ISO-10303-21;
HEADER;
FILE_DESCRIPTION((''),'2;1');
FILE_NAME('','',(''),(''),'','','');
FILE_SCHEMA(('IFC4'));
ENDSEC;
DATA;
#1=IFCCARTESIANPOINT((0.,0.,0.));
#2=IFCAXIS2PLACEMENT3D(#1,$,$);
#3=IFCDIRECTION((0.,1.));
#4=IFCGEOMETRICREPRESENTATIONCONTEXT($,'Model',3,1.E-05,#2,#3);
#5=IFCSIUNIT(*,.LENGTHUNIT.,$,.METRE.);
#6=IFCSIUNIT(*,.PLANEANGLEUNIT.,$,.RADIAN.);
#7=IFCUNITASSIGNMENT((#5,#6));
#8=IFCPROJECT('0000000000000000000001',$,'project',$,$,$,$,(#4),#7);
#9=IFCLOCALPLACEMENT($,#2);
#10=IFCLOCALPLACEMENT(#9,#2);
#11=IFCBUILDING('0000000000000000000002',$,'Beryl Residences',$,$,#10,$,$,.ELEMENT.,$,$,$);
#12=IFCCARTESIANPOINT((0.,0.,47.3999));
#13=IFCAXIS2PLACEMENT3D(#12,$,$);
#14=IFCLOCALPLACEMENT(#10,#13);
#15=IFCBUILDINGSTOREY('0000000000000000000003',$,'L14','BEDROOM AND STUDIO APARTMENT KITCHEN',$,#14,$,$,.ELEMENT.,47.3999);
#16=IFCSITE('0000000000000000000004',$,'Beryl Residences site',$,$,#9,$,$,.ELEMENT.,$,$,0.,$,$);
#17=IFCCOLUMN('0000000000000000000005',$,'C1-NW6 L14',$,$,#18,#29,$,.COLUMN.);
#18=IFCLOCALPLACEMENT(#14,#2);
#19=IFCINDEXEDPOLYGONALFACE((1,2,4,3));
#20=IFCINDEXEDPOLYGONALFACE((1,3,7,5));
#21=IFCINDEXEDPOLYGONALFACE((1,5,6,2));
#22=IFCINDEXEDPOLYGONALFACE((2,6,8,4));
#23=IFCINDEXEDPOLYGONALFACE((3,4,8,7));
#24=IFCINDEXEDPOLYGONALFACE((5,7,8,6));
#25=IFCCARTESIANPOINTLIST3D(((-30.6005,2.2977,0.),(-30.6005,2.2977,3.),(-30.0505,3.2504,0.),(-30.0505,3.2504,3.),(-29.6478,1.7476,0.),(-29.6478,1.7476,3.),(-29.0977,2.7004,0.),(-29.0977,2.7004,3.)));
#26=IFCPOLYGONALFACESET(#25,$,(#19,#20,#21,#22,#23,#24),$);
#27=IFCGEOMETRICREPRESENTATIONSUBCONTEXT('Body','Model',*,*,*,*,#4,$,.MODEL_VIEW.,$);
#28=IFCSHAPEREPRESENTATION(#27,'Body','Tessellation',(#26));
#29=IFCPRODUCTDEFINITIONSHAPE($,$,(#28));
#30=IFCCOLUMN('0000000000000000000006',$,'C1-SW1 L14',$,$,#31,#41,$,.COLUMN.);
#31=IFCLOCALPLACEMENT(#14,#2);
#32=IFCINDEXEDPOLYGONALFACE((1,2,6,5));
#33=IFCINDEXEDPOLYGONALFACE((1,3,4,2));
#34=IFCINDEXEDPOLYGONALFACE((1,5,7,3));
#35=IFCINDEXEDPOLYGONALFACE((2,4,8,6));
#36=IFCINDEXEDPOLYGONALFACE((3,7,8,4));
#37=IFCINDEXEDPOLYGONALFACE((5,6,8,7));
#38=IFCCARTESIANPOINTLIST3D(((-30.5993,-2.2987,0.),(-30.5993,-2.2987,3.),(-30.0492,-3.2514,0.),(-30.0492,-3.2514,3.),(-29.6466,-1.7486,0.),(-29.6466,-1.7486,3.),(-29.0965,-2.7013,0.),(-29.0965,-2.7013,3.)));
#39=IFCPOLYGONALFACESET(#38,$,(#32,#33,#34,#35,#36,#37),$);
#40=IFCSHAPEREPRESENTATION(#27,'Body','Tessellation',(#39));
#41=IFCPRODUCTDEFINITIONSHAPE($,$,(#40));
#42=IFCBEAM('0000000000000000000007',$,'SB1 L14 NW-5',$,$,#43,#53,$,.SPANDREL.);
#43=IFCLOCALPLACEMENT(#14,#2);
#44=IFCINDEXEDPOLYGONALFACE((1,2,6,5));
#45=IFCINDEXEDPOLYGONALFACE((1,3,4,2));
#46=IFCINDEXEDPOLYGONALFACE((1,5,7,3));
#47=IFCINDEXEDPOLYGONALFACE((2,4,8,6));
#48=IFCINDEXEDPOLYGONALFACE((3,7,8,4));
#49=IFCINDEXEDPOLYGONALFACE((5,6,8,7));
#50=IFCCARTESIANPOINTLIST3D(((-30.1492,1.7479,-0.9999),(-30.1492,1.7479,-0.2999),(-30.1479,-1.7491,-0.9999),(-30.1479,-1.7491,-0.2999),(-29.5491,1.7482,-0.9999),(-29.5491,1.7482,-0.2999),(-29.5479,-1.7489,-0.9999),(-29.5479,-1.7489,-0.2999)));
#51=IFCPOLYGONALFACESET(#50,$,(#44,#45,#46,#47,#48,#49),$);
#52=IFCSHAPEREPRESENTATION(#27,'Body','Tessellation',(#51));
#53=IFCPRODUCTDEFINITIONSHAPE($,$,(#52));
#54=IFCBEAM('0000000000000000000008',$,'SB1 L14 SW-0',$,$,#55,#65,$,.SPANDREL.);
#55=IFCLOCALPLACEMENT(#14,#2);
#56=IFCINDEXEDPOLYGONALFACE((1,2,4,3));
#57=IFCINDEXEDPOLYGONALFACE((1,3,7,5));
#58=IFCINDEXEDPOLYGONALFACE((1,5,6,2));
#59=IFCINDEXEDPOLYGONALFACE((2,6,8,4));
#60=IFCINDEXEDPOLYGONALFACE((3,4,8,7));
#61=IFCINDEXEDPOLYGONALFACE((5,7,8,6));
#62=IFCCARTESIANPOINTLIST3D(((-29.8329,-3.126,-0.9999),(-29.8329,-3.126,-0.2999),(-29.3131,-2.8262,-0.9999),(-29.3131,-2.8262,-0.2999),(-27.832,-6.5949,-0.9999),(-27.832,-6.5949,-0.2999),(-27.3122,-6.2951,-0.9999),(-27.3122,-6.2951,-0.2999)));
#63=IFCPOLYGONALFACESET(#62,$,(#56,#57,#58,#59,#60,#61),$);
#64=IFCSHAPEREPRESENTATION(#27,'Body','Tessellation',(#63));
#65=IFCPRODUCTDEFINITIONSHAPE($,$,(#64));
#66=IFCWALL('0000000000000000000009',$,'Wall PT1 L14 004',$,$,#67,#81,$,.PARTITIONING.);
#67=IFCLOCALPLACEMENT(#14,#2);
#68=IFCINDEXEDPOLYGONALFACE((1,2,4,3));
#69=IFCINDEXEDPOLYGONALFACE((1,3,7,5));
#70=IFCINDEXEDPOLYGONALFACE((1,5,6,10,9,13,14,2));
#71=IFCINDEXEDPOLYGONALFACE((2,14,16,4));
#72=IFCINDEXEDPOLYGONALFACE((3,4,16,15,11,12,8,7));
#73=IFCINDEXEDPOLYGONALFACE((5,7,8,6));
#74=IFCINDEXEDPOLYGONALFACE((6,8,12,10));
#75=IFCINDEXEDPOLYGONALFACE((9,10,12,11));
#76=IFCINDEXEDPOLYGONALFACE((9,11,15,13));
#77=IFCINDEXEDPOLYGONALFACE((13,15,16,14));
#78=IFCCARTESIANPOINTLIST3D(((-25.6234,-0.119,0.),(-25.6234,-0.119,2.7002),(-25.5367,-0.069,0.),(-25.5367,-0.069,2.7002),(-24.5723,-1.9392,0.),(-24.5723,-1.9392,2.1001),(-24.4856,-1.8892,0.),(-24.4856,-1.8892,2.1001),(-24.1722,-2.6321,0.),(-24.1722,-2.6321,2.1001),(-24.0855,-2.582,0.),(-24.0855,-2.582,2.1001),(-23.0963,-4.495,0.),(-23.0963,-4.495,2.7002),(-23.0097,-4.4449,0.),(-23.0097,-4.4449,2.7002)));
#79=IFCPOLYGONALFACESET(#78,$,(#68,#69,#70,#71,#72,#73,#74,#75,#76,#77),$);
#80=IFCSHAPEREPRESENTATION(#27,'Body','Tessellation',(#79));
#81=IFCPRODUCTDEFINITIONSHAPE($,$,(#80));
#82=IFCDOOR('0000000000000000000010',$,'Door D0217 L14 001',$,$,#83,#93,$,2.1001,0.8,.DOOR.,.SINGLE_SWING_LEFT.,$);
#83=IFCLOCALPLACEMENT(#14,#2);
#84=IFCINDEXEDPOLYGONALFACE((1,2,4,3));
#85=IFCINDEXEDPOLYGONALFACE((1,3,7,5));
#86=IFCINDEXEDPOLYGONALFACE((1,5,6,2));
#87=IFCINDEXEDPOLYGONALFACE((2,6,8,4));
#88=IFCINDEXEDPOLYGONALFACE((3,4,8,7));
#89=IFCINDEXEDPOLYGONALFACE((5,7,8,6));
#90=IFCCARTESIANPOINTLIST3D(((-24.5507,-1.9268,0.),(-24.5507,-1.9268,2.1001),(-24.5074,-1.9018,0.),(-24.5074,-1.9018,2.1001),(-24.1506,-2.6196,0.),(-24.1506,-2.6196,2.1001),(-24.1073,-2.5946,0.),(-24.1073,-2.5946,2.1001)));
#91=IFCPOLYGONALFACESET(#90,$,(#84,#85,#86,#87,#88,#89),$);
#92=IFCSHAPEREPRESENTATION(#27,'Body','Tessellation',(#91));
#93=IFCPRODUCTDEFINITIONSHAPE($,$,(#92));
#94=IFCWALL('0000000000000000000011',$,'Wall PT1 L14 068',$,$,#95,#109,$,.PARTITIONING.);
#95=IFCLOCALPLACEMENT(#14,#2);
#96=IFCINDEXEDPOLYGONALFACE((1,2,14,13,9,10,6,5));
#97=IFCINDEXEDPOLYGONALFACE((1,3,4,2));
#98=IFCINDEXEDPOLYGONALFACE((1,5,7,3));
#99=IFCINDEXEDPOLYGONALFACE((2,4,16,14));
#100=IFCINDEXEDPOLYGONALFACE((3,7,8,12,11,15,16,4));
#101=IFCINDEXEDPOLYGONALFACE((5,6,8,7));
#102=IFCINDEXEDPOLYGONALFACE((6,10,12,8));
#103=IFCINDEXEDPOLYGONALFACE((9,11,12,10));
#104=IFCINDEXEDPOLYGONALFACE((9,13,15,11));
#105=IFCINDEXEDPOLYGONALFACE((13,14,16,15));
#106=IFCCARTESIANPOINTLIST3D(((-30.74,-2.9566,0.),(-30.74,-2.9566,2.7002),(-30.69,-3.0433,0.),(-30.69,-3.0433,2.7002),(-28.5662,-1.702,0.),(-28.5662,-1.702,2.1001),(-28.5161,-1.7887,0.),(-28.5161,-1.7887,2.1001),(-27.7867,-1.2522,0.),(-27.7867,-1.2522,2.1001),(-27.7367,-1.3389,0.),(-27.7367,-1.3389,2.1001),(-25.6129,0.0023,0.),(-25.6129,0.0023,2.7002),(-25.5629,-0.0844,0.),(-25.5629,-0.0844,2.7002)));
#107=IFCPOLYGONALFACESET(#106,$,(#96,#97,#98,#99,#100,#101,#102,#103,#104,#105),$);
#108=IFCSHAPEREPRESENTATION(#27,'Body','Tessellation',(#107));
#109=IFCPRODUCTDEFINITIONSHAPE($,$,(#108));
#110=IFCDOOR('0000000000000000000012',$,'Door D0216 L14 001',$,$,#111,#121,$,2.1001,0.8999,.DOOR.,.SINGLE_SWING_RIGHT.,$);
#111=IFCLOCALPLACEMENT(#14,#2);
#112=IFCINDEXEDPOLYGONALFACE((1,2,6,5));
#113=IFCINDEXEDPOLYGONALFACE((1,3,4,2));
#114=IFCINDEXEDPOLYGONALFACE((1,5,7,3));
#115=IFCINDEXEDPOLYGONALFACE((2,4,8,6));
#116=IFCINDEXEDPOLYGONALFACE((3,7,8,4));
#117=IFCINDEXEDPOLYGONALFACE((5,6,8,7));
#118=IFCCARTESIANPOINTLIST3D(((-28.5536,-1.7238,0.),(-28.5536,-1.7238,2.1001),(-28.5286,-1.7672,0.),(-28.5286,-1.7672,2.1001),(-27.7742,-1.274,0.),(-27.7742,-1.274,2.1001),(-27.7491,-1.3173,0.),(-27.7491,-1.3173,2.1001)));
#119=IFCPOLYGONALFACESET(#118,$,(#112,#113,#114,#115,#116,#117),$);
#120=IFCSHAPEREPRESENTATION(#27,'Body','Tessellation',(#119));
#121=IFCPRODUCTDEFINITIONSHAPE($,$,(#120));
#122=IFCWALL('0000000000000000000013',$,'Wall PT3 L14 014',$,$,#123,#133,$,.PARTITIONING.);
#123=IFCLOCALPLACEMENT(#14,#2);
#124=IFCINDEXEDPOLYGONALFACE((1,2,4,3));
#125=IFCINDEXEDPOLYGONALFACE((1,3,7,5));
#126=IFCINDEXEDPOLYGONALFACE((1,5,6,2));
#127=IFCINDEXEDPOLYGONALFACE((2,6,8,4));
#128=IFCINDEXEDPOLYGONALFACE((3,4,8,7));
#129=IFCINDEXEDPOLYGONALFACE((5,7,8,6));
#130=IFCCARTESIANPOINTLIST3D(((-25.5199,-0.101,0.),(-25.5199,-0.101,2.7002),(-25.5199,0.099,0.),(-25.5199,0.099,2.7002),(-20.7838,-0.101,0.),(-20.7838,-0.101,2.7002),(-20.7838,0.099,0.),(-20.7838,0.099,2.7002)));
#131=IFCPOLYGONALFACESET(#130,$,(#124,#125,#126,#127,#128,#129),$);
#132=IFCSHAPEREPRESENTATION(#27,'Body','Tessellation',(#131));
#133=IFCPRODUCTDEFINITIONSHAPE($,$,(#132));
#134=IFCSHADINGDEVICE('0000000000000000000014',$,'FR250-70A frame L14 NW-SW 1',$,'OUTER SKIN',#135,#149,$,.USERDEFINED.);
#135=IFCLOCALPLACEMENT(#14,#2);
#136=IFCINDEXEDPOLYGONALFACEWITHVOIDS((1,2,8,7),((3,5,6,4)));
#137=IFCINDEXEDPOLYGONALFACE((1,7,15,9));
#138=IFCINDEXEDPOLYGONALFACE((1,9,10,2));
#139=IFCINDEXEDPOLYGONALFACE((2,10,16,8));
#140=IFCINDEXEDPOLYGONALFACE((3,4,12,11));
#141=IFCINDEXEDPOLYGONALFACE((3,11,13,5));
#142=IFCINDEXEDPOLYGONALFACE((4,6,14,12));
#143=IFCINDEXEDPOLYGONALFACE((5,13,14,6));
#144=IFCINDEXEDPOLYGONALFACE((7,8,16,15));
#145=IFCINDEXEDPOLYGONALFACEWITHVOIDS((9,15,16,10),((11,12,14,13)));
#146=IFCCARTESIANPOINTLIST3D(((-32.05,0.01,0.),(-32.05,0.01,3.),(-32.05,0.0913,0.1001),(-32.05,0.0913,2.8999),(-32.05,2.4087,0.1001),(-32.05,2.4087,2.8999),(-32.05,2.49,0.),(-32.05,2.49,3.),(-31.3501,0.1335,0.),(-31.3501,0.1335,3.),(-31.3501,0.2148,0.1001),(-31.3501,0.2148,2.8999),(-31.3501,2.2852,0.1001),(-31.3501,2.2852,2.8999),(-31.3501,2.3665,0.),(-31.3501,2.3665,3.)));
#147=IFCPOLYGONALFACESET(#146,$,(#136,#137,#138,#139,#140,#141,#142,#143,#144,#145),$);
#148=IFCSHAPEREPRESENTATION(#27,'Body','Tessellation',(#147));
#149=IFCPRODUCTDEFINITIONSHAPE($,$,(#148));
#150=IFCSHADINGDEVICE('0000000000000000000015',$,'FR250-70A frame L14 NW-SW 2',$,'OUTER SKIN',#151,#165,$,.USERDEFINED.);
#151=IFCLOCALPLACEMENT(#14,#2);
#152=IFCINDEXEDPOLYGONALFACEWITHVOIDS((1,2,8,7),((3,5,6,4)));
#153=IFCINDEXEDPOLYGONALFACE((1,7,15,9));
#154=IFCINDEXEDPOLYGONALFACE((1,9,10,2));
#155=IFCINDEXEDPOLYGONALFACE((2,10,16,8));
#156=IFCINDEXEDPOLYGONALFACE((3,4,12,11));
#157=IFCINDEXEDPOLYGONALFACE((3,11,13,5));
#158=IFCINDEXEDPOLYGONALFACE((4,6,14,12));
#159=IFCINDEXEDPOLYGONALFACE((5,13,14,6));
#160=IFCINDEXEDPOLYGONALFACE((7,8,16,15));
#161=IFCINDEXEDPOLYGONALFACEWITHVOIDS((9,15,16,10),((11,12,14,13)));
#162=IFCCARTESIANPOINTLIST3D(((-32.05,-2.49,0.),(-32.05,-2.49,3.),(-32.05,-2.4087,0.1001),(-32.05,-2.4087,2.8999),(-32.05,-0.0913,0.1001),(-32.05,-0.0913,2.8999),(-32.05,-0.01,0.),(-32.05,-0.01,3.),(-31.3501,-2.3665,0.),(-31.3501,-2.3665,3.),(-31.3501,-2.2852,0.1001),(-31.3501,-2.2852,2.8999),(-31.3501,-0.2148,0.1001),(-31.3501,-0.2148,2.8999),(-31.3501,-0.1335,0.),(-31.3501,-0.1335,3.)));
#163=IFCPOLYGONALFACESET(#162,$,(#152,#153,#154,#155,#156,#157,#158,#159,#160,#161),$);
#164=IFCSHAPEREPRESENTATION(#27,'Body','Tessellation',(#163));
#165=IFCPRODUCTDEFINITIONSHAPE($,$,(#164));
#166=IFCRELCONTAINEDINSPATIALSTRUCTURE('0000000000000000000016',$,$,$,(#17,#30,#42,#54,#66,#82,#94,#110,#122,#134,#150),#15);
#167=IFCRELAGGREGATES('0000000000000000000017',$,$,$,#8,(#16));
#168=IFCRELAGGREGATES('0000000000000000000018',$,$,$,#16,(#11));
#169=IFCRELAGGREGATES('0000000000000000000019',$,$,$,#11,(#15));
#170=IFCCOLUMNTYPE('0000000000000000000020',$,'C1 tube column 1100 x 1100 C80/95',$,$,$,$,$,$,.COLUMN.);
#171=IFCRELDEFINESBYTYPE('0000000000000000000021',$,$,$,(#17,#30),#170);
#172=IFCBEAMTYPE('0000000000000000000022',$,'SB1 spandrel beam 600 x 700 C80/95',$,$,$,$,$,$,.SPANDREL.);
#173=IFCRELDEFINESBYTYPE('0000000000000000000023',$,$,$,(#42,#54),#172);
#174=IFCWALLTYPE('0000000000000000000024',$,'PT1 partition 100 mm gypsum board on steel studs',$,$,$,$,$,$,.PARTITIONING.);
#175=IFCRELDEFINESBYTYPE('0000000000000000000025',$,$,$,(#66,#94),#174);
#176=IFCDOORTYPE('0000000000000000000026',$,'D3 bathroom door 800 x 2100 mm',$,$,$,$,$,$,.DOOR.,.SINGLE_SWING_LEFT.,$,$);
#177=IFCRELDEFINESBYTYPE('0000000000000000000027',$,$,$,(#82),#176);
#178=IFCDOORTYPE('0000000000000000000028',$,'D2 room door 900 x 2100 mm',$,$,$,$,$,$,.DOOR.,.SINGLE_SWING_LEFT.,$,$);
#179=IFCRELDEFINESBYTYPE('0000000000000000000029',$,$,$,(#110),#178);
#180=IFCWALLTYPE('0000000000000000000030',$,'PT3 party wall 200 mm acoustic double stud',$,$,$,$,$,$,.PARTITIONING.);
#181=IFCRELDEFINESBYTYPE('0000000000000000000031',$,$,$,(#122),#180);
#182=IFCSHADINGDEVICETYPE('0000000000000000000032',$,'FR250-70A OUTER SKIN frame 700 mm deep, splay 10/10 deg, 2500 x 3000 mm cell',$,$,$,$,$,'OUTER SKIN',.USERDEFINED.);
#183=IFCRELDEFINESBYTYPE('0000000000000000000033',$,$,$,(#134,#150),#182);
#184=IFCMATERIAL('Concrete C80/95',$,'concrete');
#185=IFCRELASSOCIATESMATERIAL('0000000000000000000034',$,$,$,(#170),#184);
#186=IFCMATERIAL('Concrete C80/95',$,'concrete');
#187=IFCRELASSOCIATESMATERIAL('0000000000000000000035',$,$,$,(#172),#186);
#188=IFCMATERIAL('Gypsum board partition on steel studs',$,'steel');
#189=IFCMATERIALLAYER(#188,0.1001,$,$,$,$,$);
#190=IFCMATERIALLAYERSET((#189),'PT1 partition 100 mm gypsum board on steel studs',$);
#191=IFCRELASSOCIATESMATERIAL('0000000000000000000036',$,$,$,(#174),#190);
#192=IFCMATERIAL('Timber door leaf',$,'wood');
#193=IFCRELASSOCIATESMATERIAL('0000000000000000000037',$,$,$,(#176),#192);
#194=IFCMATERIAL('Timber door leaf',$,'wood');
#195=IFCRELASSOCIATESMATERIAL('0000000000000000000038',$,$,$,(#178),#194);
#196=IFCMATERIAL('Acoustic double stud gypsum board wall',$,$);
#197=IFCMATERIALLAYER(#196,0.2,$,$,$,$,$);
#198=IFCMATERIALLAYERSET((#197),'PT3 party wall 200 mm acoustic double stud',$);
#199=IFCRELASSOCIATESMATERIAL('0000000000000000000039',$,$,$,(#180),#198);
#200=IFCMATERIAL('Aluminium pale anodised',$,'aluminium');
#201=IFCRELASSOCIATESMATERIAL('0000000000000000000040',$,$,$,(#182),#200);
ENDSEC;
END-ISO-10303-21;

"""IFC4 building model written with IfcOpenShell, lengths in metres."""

from ifc_helpers import new_model, entity, si_unit, direction, frame, frame_2d, origin, origin_2d, place, context, subcontext, project, spatial, rectangle, extrude, source, transform, mapped, material, layer, layer_set, material_profile, profile_set, type_object, type_shapes, element, fill, save


model = new_model("IFC4")

# Units and contexts
model_context = context("Model", 3, precision=1e-05, world=origin(), true_north=direction((0.0, 1.0)))
body_context = subcontext(model_context, "Body", "Model", "MODEL_VIEW")
ifc_project = project(units=[si_unit("LENGTHUNIT", "METRE"), si_unit("PLANEANGLEUNIT", "RADIAN")], contexts=[model_context])

# Site, building, storey
site_placement = place(None, origin())
site = spatial("IfcSite", under=ifc_project, at=site_placement, Name="Beryl Residences site", CompositionType="ELEMENT", RefElevation=0.0)
building_placement = place(site_placement, origin())
building = spatial("IfcBuilding", under=site, at=building_placement, Name="Beryl Residences", CompositionType="ELEMENT")
storey_placement = place(building_placement, frame((0.0, 0.0, 47.3999)))
storey = spatial("IfcBuildingStorey", under=building, at=storey_placement, Name="L14", Description="BEDROOM AND STUDIO APARTMENT KITCHEN", CompositionType="ELEMENT", Elevation=47.3999)

# Columns
ifc_material_1 = material(Name="Concrete C80/95", Category="concrete")
ifc_material_profile_1 = material_profile(ifc_material_1, rectangle(XDim=1.1001, YDim=1.1001, at=origin_2d()))
ifc_profile_set_1 = profile_set([ifc_material_profile_1], Name="Concrete C80/95")
column_type = type_object("IfcColumnType", Name="C1 tube column 1100 x 1100 C80/95", PredefinedType="COLUMN", material=ifc_profile_set_1)
for number, where, z_axis, x_axis, name in (
    (1, (-29.8491, 2.499, 0.0), (0.0, 0.0, 1.0), (-0.499985, -0.866034, 0.0), "C1-NW6 L14"),
    (2, (-29.8479, -2.5, 0.0), (0.0, 0.0, 1.0), (0.499985, -0.866034, 0.0), "C1-SW1 L14"),
):
    element("IfcColumn", number, at=place(storey_placement, frame(where, z_axis=z_axis, x_axis=x_axis)), inside=storey, type_object=column_type, Name=name, PredefinedType="COLUMN", context=body_context, shape_type="SweptSolid", body=[
        extrude(rectangle(XDim=1.1001, YDim=1.1001, at=origin_2d()), origin(), (0.0, 0.0, 1.0), 3.0),
    ])

# Beams
ifc_material_2 = material(Name="Concrete C80/95", Category="concrete")
ifc_material_profile_2 = material_profile(ifc_material_2, rectangle(XDim=0.6001, YDim=0.7, at=origin_2d()))
ifc_profile_set_2 = profile_set([ifc_material_profile_2], Name="Concrete C80/95")
beam_type = type_object("IfcBeamType", Name="SB1 spandrel beam 600 x 700 C80/95", PredefinedType="SPANDREL", material=ifc_profile_set_2)
beam_1_placement = place(storey_placement, frame((-29.8491, 1.748, -0.6499), z_axis=(0.000349, -1.0, 0.0), x_axis=(1.0, 0.000349, 0.0)))
element("IfcBeam", 3, at=beam_1_placement, inside=storey, type_object=beam_type, Name="SB1 L14 NW-5", PredefinedType="SPANDREL", context=body_context, shape_type="SweptSolid", body=[
    extrude(rectangle(XDim=0.6001, YDim=0.7, at=origin_2d()), origin(), (0.0, 0.0, 1.0), 3.4971),
])
beam_2_placement = place(storey_placement, frame((-29.573, -2.9761, -0.6499), z_axis=(0.499654, -0.866225, 0.0), x_axis=(0.866225, 0.499654, 0.0)))
element("IfcBeam", 4, at=beam_2_placement, inside=storey, type_object=beam_type, Name="SB1 L14 SW-0", PredefinedType="SPANDREL", context=body_context, shape_type="SweptSolid", body=[
    extrude(rectangle(XDim=0.6001, YDim=0.7, at=origin_2d()), origin(), (0.0, 0.0, 1.0), 4.0046),
])

# Walls, openings, doors
ifc_material_3 = material(Name="Gypsum board partition on steel studs", Category="steel")
ifc_layer_1 = layer(ifc_material_3, 0.1001)
ifc_layer_set_1 = layer_set([ifc_layer_1], Name="PT1 partition 100 mm gypsum board on steel studs")
wall_type_1 = type_object("IfcWallType", Name="PT1 partition 100 mm gypsum board on steel studs", PredefinedType="PARTITIONING", material=ifc_layer_set_1)
wall_1_placement = place(storey_placement, frame((-25.5801, -0.094, 0.0), z_axis=(0.0, 0.0, 1.0), x_axis=(0.500093, -0.865972, 0.0)))
wall_1 = element("IfcWall", 5, at=wall_1_placement, inside=storey, type_object=wall_type_1, Name="Wall PT1 L14 004", PredefinedType="PARTITIONING", context=body_context, shape_type="SweptSolid", body=[
    extrude(rectangle(XDim=5.0532, YDim=0.1001, at=frame_2d((2.5266, 0.0))), origin(), (0.0, 0.0, 1.0), 2.7002),
])
opening_1_placement = place(wall_1_placement, frame((2.1021, 0.0, 0.0)))
opening_1 = element("IfcOpeningElement", 6, at=opening_1_placement, cuts=wall_1, PredefinedType="OPENING", context=body_context, shape_type="SweptSolid", body=[
    extrude(rectangle(XDim=0.8, YDim=2.1001, at=frame_2d((0.3999, 1.05))), frame((0.0, 0.0601, 0.0), z_axis=(0.0, -1.0, 0.0), x_axis=(1.0, 0.0, 0.0)), (0.0, 0.0, 1.0), 0.1201),
])
ifc_material_4 = material(Name="Timber door leaf", Category="wood")
door_type_1 = type_object("IfcDoorType", Name="D3 bathroom door 800 x 2100 mm", OperationType="SINGLE_SWING_LEFT", PredefinedType="DOOR", material=ifc_material_4)
door_1_placement = place(opening_1_placement, origin())
door_1 = element("IfcDoor", 7, at=door_1_placement, inside=storey, type_object=door_type_1, Name="Door D0217 L14 001", OperationType="SINGLE_SWING_LEFT", OverallHeight=2.1001, OverallWidth=0.8, PredefinedType="DOOR", context=body_context, shape_type="SweptSolid", body=[
    extrude(rectangle(XDim=0.8, YDim=2.1001, at=frame_2d((0.3999, 1.05))), frame((0.0, 0.0249, 0.0), z_axis=(0.0, -1.0, 0.0), x_axis=(1.0, 0.0, 0.0)), (0.0, 0.0, 1.0), 0.05),
])
fill(opening_1, door_1)
wall_2_placement = place(storey_placement, frame((-30.7151, -3.0, 0.0), z_axis=(0.0, 0.0, 1.0), x_axis=(0.866113, 0.499847, 0.0)))
wall_2 = element("IfcWall", 8, at=wall_2_placement, inside=storey, type_object=wall_type_1, Name="Wall PT1 L14 068", PredefinedType="PARTITIONING", context=body_context, shape_type="SweptSolid", body=[
    extrude(rectangle(XDim=5.9197, YDim=0.1001, at=frame_2d((2.96, 0.0))), origin(), (0.0, 0.0, 1.0), 2.7002),
])
opening_2_placement = place(wall_2_placement, frame((2.51, 0.0, 0.0)))
opening_2 = element("IfcOpeningElement", 9, at=opening_2_placement, cuts=wall_2, PredefinedType="OPENING", context=body_context, shape_type="SweptSolid", body=[
    extrude(rectangle(XDim=0.8999, YDim=2.1001, at=frame_2d((0.45, 1.05))), frame((0.0, 0.0601, 0.0), z_axis=(0.0, -1.0, 0.0), x_axis=(1.0, 0.0, 0.0)), (0.0, 0.0, 1.0), 0.1201),
])
ifc_material_5 = material(Name="Timber door leaf", Category="wood")
door_type_2 = type_object("IfcDoorType", Name="D2 room door 900 x 2100 mm", OperationType="SINGLE_SWING_LEFT", PredefinedType="DOOR", material=ifc_material_5)
door_2_placement = place(opening_2_placement, origin())
door_2 = element("IfcDoor", 10, at=door_2_placement, inside=storey, type_object=door_type_2, Name="Door D0216 L14 001", OperationType="SINGLE_SWING_RIGHT", OverallHeight=2.1001, OverallWidth=0.8999, PredefinedType="DOOR", context=body_context, shape_type="SweptSolid", body=[
    extrude(rectangle(XDim=0.8999, YDim=2.1001, at=frame_2d((0.45, 1.05))), frame((0.0, 0.0249, 0.0), z_axis=(0.0, -1.0, 0.0), x_axis=(1.0, 0.0, 0.0)), (0.0, 0.0, 1.0), 0.05),
])
fill(opening_2, door_2)

# Wall
ifc_material_6 = material(Name="Acoustic double stud gypsum board wall")
ifc_layer_2 = layer(ifc_material_6, 0.2)
ifc_layer_set_2 = layer_set([ifc_layer_2], Name="PT3 party wall 200 mm acoustic double stud")
wall_type_2 = type_object("IfcWallType", Name="PT3 party wall 200 mm acoustic double stud", PredefinedType="PARTITIONING", material=ifc_layer_set_2)
wall_3_placement = place(storey_placement, frame((-25.52, -0.001, 0.0), z_axis=(0.0, 0.0, 1.0), x_axis=(1.0, 0.0, 0.0)))
element("IfcWall", 11, at=wall_3_placement, inside=storey, type_object=wall_type_2, Name="Wall PT3 L14 014", PredefinedType="PARTITIONING", context=body_context, shape_type="SweptSolid", body=[
    extrude(rectangle(XDim=4.7361, YDim=0.2, at=frame_2d((2.3682, 0.0))), origin(), (0.0, 0.0, 1.0), 2.7002),
])

# Shading devices
ifc_material_7 = material(Name="Aluminium pale anodised", Category="aluminium")
shading_device_type_1 = type_object("IfcShadingDeviceType", Name="FR250-70A OUTER SKIN frame 700 mm deep, splay 10/10 deg, 2500 x 3000 mm cell", ElementType="OUTER SKIN", PredefinedType="USERDEFINED", material=ifc_material_7)
cartesian_point_1 = entity("IfcCartesianPoint", [-1.1165, 0.0])
cartesian_point_2 = entity("IfcCartesianPoint", [-1.0352, 0.1001])
cartesian_point_3 = entity("IfcCartesianPoint", [-1.24, 0.0])
cartesian_point_4 = entity("IfcCartesianPoint", [-1.1587, 0.1001])
shared_shape_1 = source(origin(), body_context, "Body", "SweptSolid", [
    entity("IfcExtrudedAreaSolidTapered", entity("IfcArbitraryProfileDefWithVoids", "AREA", None, entity("IfcPolyline", [cartesian_point_1, entity("IfcCartesianPoint", [1.1165, 0.0]), entity("IfcCartesianPoint", [1.1165, 3.0]), entity("IfcCartesianPoint", [-1.1165, 3.0]), cartesian_point_1]), [entity("IfcPolyline", [cartesian_point_2, entity("IfcCartesianPoint", [1.0352, 0.1001]), entity("IfcCartesianPoint", [1.0352, 2.8999]), entity("IfcCartesianPoint", [-1.0352, 2.8999]), cartesian_point_2])]), entity("IfcAxis2Placement3D", entity("IfcCartesianPoint", [0.0, 0.0, 0.0]), entity("IfcDirection", [0.0, 1.0, 0.0]), entity("IfcDirection", [-1.0, 0.0, 0.0])), entity("IfcDirection", [0.0, 0.0, 1.0]), 0.7, entity("IfcArbitraryProfileDefWithVoids", "AREA", None, entity("IfcPolyline", [cartesian_point_3, entity("IfcCartesianPoint", [1.24, 0.0]), entity("IfcCartesianPoint", [1.24, 3.0]), entity("IfcCartesianPoint", [-1.24, 3.0]), cartesian_point_3]), [entity("IfcPolyline", [cartesian_point_4, entity("IfcCartesianPoint", [1.1587, 0.1001]), entity("IfcCartesianPoint", [1.1587, 2.8999]), entity("IfcCartesianPoint", [-1.1587, 2.8999]), cartesian_point_4])])),
])
type_shapes(shading_device_type_1, [shared_shape_1])
for number, where, z_axis, x_axis, name in (
    (12, (-31.3501, 1.25, 0.0), (0.0, 0.0, 1.0), (0.0, 1.0, 0.0), "FR250-70A frame L14 NW-SW 1"),
    (13, (-31.3501, -1.25, 0.0), (0.0, 0.0, 1.0), (0.0, 1.0, 0.0), "FR250-70A frame L14 NW-SW 2"),
):
    element("IfcShadingDevice", number, at=place(storey_placement, frame(where, z_axis=z_axis, x_axis=x_axis)), inside=storey, type_object=shading_device_type_1, Name=name, ObjectType="OUTER SKIN", PredefinedType="USERDEFINED", context=body_context, shape_type="MappedRepresentation", body=[
        mapped(shared_shape_1, transform((0.0, 0.0, 0.0))),
    ])

save(model, "model.ifc")
